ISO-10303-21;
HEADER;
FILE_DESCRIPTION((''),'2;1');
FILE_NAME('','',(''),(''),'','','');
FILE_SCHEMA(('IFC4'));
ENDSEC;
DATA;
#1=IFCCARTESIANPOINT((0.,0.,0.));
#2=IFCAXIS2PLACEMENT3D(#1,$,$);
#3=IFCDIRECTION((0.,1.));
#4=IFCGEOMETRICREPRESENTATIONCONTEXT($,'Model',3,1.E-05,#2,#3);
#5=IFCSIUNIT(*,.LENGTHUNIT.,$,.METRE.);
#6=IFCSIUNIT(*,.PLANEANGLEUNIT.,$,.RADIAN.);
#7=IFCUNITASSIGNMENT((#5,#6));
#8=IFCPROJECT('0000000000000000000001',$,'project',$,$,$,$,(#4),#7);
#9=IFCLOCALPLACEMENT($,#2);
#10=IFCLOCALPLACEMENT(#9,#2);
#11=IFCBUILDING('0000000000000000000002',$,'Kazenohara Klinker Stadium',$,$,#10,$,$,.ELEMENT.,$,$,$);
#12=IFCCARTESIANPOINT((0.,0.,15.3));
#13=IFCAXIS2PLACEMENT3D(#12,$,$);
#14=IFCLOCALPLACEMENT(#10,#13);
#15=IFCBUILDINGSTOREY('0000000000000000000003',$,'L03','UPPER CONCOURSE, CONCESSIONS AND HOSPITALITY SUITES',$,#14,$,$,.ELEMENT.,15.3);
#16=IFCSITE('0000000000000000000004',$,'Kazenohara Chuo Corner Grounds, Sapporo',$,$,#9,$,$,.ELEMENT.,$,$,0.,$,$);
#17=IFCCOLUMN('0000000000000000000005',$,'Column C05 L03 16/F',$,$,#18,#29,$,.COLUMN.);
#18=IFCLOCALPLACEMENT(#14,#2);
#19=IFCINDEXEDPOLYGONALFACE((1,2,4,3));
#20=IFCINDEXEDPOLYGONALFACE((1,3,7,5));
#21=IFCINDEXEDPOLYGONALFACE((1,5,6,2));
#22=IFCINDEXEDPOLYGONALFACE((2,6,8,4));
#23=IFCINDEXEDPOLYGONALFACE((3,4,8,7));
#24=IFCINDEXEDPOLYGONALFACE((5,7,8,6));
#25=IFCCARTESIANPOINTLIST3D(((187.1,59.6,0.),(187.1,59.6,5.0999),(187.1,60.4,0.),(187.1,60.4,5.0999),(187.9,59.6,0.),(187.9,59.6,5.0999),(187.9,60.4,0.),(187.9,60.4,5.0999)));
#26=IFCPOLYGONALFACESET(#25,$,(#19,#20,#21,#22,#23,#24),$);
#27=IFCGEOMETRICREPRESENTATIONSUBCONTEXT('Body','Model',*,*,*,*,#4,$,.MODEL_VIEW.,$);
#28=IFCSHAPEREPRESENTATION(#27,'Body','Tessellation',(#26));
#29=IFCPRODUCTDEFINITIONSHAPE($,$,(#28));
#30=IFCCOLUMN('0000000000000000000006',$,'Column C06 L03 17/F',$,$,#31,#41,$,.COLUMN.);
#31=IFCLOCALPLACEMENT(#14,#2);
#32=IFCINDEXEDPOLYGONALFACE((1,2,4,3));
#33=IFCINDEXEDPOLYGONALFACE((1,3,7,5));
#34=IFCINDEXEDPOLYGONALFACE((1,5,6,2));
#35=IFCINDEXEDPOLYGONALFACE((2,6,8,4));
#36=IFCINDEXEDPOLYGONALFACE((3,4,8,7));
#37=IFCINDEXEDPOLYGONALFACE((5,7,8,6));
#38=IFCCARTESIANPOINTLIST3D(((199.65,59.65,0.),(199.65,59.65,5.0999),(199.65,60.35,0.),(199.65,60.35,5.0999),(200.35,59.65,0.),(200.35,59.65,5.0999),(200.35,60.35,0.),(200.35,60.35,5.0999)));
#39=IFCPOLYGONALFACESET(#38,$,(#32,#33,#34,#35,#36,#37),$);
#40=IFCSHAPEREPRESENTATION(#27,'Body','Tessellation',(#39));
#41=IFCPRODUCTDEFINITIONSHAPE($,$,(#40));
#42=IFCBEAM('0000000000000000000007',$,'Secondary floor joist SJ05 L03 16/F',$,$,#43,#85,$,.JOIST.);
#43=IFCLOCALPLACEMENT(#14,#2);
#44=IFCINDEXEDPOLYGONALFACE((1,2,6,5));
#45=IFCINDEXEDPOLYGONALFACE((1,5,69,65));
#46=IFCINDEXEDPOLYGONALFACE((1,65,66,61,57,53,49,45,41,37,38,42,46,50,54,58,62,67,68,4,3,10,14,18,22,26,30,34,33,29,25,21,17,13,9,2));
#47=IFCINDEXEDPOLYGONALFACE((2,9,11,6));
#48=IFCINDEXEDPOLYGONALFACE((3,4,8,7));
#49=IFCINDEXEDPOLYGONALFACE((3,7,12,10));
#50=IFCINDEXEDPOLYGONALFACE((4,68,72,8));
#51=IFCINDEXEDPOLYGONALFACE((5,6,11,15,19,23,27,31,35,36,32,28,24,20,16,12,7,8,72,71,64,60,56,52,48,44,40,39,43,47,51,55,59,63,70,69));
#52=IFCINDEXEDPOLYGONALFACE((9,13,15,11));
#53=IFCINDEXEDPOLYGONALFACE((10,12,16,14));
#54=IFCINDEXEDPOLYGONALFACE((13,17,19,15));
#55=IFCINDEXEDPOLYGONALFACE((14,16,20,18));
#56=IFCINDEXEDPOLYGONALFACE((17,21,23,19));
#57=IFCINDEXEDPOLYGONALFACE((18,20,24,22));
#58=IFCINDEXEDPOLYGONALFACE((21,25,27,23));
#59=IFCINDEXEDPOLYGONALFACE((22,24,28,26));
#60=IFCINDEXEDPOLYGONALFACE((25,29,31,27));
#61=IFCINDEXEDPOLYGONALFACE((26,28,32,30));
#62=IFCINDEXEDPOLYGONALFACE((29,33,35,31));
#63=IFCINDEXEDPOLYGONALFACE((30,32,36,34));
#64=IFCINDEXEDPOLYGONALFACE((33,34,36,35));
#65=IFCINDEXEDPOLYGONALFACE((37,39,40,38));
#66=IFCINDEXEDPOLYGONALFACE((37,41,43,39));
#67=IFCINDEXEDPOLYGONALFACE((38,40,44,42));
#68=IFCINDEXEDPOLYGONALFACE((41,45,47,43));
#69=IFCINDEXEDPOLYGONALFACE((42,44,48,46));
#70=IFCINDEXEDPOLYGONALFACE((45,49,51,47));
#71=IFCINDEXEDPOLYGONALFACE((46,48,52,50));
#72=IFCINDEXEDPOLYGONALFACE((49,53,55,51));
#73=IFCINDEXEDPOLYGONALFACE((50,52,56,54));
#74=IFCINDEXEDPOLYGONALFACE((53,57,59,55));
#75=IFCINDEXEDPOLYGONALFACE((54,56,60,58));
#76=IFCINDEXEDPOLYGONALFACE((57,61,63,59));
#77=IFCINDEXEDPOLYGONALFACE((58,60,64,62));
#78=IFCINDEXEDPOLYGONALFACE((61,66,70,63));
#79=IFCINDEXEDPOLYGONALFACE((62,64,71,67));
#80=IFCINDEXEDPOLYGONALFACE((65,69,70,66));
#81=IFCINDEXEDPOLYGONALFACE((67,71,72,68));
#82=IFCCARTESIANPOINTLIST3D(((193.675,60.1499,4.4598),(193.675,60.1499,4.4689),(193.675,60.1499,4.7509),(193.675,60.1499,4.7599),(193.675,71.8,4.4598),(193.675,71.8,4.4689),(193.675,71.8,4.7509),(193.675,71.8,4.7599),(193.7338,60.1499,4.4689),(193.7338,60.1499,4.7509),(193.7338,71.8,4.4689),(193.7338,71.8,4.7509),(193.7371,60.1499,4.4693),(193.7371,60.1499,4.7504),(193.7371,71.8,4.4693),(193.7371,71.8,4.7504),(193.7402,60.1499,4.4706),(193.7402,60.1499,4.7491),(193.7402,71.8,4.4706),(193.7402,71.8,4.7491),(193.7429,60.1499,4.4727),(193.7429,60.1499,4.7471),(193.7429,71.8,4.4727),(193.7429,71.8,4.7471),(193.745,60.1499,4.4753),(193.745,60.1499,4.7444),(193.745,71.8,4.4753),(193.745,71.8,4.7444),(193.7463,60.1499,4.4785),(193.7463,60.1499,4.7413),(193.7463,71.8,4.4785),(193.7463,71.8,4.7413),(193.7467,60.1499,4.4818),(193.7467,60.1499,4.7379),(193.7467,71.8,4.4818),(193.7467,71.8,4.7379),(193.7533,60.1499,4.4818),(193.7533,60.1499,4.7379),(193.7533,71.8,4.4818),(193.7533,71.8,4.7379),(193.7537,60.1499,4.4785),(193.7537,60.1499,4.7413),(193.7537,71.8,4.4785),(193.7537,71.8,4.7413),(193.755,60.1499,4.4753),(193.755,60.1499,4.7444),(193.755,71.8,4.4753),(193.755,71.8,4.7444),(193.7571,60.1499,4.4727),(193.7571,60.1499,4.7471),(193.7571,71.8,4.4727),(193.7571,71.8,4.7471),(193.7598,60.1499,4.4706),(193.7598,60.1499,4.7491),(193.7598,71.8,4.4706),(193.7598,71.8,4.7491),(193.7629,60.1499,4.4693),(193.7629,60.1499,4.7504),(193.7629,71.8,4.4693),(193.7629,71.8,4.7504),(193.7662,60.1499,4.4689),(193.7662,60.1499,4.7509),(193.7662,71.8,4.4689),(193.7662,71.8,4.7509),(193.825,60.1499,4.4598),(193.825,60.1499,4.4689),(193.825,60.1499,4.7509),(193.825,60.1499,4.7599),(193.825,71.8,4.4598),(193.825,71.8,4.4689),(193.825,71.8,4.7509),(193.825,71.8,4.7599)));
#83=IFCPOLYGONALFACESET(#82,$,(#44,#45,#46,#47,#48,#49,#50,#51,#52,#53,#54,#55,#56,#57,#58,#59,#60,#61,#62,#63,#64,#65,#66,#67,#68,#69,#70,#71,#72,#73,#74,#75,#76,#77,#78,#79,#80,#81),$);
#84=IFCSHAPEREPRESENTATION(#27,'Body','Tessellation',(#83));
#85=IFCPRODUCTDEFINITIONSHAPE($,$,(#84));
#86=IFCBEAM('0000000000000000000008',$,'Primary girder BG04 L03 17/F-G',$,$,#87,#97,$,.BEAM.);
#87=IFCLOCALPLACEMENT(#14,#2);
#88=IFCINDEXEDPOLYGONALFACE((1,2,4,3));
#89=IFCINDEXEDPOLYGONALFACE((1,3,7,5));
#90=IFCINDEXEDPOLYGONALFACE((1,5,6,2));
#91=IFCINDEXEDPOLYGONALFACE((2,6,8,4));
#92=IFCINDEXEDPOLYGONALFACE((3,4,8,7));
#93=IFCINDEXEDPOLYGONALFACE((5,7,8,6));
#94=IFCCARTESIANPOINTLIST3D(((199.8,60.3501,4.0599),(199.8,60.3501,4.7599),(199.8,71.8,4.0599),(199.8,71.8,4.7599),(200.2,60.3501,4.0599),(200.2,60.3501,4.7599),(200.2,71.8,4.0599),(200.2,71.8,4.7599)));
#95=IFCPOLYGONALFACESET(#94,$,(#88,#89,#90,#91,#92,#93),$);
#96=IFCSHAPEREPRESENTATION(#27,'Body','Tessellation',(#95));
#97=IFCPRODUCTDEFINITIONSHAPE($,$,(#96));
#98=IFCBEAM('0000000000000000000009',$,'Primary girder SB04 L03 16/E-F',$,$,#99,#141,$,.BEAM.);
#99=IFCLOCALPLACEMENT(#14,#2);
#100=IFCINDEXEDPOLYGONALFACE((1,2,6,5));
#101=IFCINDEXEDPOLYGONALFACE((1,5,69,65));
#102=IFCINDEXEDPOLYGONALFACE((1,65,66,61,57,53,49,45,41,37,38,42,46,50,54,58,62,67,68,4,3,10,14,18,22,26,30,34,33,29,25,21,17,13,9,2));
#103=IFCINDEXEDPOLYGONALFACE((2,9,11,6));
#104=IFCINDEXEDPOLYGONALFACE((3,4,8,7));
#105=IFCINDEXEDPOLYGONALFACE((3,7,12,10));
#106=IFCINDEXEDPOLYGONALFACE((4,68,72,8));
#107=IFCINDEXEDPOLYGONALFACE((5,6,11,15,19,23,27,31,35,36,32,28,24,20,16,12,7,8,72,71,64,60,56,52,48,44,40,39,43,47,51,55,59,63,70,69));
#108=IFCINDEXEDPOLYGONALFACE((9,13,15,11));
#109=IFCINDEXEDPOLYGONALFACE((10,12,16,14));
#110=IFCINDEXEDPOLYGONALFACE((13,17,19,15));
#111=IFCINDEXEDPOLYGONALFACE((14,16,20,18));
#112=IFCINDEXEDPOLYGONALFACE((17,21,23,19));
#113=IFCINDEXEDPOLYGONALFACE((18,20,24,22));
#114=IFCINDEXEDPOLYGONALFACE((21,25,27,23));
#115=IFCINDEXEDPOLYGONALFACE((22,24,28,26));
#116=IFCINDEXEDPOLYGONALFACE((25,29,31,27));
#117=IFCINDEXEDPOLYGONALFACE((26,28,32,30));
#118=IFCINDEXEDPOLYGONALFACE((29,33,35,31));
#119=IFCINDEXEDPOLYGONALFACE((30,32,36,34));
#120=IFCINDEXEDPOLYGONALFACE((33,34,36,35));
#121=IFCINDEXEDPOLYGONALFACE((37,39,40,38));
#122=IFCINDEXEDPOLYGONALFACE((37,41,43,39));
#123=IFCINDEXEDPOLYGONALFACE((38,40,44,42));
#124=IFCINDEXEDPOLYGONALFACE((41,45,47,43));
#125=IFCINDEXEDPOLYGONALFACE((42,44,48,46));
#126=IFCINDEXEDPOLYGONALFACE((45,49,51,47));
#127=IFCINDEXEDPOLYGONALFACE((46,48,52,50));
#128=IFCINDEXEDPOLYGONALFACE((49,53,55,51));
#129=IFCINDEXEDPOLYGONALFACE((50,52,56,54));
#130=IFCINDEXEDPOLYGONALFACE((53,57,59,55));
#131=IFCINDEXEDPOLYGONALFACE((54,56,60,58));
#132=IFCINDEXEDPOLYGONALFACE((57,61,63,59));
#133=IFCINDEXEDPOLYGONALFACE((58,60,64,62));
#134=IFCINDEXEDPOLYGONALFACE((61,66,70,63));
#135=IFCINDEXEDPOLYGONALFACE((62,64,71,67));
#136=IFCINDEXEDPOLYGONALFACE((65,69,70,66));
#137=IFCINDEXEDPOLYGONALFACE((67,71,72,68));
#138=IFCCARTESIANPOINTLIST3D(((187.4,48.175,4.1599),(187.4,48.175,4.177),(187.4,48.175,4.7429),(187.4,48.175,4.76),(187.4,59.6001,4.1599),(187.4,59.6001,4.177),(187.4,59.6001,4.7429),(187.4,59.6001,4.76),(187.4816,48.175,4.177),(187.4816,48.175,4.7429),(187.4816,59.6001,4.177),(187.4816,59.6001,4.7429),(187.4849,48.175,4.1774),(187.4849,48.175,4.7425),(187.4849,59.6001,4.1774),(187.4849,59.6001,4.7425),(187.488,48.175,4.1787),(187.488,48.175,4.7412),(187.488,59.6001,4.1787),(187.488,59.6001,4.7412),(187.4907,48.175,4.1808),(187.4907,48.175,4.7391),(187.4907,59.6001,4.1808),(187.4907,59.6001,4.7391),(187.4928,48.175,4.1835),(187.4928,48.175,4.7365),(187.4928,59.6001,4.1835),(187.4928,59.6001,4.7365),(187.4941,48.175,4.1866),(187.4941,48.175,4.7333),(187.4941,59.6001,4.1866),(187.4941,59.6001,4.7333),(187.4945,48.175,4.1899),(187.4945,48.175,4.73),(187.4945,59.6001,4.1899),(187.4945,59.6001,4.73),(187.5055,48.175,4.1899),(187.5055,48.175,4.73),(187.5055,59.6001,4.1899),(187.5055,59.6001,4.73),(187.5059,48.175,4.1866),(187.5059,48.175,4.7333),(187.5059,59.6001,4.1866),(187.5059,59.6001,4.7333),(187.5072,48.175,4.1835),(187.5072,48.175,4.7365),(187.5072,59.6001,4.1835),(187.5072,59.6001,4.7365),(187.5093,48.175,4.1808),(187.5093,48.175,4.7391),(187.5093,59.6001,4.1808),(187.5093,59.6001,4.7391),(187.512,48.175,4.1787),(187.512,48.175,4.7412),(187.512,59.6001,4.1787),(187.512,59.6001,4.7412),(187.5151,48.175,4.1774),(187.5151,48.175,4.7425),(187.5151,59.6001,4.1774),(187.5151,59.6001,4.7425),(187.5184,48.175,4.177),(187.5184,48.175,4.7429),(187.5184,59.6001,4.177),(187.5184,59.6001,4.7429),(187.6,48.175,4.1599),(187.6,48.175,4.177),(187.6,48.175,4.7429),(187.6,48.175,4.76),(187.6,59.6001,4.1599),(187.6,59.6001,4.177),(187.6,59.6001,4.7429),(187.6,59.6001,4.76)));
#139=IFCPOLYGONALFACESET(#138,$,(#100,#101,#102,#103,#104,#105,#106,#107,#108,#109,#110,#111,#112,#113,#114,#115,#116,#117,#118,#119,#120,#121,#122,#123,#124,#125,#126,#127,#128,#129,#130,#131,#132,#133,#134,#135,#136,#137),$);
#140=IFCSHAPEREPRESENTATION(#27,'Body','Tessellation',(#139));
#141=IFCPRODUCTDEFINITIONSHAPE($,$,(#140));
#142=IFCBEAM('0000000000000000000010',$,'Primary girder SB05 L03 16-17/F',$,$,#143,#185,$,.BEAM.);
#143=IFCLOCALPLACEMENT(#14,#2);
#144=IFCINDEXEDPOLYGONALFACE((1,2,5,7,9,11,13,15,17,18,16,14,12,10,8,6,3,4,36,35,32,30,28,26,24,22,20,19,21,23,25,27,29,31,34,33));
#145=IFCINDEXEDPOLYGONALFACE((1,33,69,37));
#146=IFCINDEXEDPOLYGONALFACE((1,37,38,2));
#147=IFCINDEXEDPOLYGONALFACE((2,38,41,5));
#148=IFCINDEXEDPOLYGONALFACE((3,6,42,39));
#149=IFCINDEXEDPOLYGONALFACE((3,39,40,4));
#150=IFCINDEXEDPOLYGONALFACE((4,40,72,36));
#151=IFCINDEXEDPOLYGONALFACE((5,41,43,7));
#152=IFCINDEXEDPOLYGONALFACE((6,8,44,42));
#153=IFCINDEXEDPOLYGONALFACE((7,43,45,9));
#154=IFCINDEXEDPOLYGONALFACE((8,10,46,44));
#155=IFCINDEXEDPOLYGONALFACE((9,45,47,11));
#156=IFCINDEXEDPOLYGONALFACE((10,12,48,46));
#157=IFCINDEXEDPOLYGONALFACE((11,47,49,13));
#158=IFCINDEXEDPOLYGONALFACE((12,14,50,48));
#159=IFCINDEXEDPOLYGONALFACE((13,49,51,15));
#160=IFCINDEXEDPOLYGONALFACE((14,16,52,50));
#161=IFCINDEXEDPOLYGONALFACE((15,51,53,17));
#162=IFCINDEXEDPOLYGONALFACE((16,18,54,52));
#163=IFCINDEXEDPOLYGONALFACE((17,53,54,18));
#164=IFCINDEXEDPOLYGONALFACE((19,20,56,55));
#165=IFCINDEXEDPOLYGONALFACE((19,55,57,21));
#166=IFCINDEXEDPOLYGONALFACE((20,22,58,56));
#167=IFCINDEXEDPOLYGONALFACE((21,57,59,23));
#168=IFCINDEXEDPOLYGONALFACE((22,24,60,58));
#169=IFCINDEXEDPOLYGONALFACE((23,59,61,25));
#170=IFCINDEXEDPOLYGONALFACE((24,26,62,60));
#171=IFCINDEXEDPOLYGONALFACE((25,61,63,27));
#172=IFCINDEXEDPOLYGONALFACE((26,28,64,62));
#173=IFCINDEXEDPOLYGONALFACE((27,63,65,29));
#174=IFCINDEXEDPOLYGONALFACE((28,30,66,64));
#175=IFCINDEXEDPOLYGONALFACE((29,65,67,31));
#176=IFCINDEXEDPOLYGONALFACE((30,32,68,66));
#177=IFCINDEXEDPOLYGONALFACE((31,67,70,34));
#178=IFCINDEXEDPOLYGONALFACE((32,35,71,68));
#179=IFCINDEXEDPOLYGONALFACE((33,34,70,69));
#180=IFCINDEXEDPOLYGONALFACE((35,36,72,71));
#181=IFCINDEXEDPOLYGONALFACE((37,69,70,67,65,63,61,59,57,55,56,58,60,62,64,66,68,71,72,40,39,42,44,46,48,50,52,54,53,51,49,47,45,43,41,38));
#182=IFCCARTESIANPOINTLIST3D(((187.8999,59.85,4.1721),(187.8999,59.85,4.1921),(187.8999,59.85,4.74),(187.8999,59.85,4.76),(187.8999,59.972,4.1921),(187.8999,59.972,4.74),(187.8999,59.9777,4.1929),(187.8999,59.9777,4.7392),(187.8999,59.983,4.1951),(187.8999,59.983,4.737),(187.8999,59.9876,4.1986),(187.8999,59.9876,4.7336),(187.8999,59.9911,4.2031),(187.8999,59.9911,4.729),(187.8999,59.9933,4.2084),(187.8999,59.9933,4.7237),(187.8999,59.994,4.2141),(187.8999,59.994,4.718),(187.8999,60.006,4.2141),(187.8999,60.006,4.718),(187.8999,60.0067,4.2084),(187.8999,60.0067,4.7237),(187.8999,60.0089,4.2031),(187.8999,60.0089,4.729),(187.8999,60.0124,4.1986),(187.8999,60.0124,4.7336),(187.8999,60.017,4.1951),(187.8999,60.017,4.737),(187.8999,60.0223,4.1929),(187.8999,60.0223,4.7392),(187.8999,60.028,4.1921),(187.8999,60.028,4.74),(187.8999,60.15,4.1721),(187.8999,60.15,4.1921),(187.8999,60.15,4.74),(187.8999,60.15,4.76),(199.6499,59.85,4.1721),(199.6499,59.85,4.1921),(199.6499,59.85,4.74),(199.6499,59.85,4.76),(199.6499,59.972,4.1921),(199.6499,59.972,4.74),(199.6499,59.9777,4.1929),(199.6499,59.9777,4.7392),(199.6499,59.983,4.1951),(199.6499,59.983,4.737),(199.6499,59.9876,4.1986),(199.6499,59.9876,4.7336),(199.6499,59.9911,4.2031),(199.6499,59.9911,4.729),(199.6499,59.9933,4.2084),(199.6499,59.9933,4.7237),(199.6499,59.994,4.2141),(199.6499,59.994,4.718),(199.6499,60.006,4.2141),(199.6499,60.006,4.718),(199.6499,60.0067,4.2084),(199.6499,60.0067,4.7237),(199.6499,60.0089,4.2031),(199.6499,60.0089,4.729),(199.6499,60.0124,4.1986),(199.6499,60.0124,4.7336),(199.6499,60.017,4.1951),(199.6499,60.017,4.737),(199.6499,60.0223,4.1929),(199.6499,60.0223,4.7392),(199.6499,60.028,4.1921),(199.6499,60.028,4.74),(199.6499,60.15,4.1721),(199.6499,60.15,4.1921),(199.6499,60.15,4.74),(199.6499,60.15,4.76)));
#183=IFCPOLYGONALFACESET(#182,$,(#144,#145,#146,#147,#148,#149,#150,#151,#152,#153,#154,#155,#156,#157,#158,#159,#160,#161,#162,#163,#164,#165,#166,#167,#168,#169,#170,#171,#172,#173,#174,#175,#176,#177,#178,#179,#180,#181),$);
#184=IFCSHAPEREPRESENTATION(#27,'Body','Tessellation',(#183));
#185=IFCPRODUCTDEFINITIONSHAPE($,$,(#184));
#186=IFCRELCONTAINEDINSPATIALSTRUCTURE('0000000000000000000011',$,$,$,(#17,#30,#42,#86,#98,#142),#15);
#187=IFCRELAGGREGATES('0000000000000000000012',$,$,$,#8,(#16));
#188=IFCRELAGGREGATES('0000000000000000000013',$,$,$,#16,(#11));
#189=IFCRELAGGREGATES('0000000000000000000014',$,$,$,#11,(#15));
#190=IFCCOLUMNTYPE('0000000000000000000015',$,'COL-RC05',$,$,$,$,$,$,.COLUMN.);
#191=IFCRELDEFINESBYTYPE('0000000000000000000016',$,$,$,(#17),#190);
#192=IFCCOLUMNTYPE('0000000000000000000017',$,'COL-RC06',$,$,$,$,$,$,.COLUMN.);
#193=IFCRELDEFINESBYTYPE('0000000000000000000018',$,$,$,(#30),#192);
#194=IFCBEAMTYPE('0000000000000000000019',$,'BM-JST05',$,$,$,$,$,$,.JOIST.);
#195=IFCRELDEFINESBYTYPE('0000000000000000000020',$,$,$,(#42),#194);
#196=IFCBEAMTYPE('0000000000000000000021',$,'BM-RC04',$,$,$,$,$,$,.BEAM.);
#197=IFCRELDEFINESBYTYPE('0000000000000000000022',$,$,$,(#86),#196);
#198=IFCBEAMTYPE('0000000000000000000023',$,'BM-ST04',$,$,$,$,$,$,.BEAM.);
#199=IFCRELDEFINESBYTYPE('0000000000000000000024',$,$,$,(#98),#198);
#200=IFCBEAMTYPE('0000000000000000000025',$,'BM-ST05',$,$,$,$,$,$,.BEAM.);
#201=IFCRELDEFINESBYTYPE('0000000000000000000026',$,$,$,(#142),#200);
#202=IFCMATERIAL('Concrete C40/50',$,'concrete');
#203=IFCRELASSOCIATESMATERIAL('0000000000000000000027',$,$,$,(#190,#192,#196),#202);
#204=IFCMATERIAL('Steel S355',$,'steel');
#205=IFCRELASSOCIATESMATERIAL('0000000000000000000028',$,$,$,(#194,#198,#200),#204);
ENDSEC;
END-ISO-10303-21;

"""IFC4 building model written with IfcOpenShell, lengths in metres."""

from ifc_helpers import new_model, si_unit, direction, frame, origin, origin_2d, place, context, subcontext, project, spatial, rectangle, i_section, extrude, material, material_profile, profile_set, type_object, element, save


model = new_model("IFC4")

# Units and contexts
model_context = context("Model", 3, precision=1e-05, world=origin(), true_north=direction((0.0, 1.0)))
body_context = subcontext(model_context, "Body", "Model", "MODEL_VIEW")
ifc_project = project(units=[si_unit("LENGTHUNIT", "METRE"), si_unit("PLANEANGLEUNIT", "RADIAN")], contexts=[model_context])

# Site, building, storey
site_placement = place(None, origin())
site = spatial("IfcSite", under=ifc_project, at=site_placement, Name="Kazenohara Chuo Corner Grounds, Sapporo", CompositionType="ELEMENT", RefElevation=0.0)
building_placement = place(site_placement, origin())
building = spatial("IfcBuilding", under=site, at=building_placement, Name="Kazenohara Klinker Stadium", CompositionType="ELEMENT")
storey_placement = place(building_placement, frame((0.0, 0.0, 15.3)))
storey = spatial("IfcBuildingStorey", under=building, at=storey_placement, Name="L03", Description="UPPER CONCOURSE, CONCESSIONS AND HOSPITALITY SUITES", CompositionType="ELEMENT", Elevation=15.3)

# Columns
ifc_material_1 = material(Name="Concrete C40/50", Category="concrete")
ifc_material_profile_1 = material_profile(ifc_material_1, rectangle(XDim=0.8, YDim=0.8, at=origin_2d()), Name="RC-COL-800x800")
ifc_profile_set_1 = profile_set([ifc_material_profile_1], Name="Concrete C40/50")
column_type_1 = type_object("IfcColumnType", Name="COL-RC05", PredefinedType="COLUMN", material=ifc_profile_set_1)
column_1_placement = place(storey_placement, frame((187.5, 60.0, 0.0), z_axis=(0.0, 0.0, 1.0), x_axis=(1.0, 0.0, 0.0)))
element("IfcColumn", 1, at=column_1_placement, inside=storey, type_object=column_type_1, Name="Column C05 L03 16/F", PredefinedType="COLUMN", context=body_context, shape_type="SweptSolid", body=[
    extrude(rectangle(XDim=0.8, YDim=0.8, at=origin_2d()), origin(), (0.0, 0.0, 1.0), 5.0999),
])
ifc_material_profile_2 = material_profile(ifc_material_1, rectangle(XDim=0.7, YDim=0.7, at=origin_2d()), Name="RC-COL-700x700")
ifc_profile_set_2 = profile_set([ifc_material_profile_2], Name="Concrete C40/50")
column_type_2 = type_object("IfcColumnType", Name="COL-RC06", PredefinedType="COLUMN", material=ifc_profile_set_2)
column_2_placement = place(storey_placement, frame((200.0, 60.0, 0.0), z_axis=(0.0, 0.0, 1.0), x_axis=(1.0, 0.0, 0.0)))
element("IfcColumn", 2, at=column_2_placement, inside=storey, type_object=column_type_2, Name="Column C06 L03 17/F", PredefinedType="COLUMN", context=body_context, shape_type="SweptSolid", body=[
    extrude(rectangle(XDim=0.7, YDim=0.7, at=origin_2d()), origin(), (0.0, 0.0, 1.0), 5.0999),
])

# Beams
ifc_material_2 = material(Name="Steel S355", Category="steel")
ifc_material_profile_3 = material_profile(ifc_material_2, i_section(OverallWidth=0.1499, OverallDepth=0.3, WebThickness=0.0066, FlangeThickness=0.009, FilletRadius=0.0129, at=origin_2d()), Name="H-300x150x6.5x9")
ifc_profile_set_3 = profile_set([ifc_material_profile_3], Name="Steel S355")
beam_type_1 = type_object("IfcBeamType", Name="BM-JST05", PredefinedType="JOIST", material=ifc_profile_set_3)
beam_1_placement = place(storey_placement, frame((193.75, 60.1499, 4.6099), z_axis=(0.0, 1.0, 0.0), x_axis=(-1.0, 0.0, 0.0)))
element("IfcBeam", 3, at=beam_1_placement, inside=storey, type_object=beam_type_1, Name="Secondary floor joist SJ05 L03 16/F", PredefinedType="JOIST", context=body_context, shape_type="SweptSolid", body=[
    extrude(i_section(OverallWidth=0.1499, OverallDepth=0.3, WebThickness=0.0066, FlangeThickness=0.009, FilletRadius=0.0129, at=origin_2d()), origin(), (0.0, 0.0, 1.0), 11.6501),
])
ifc_material_profile_4 = material_profile(ifc_material_1, rectangle(XDim=0.3999, YDim=0.7, at=origin_2d()), Name="RC-BM-400x700")
ifc_profile_set_4 = profile_set([ifc_material_profile_4], Name="Concrete C40/50")
beam_type_2 = type_object("IfcBeamType", Name="BM-RC04", PredefinedType="BEAM", material=ifc_profile_set_4)
beam_2_placement = place(storey_placement, frame((200.0, 60.3501, 4.4099), z_axis=(0.0, 1.0, 0.0), x_axis=(-1.0, 0.0, 0.0)))
element("IfcBeam", 4, at=beam_2_placement, inside=storey, type_object=beam_type_2, Name="Primary girder BG04 L03 17/F-G", PredefinedType="BEAM", context=body_context, shape_type="SweptSolid", body=[
    extrude(rectangle(XDim=0.3999, YDim=0.7, at=origin_2d()), origin(), (0.0, 0.0, 1.0), 11.45),
])
ifc_material_profile_5 = material_profile(ifc_material_2, i_section(OverallWidth=0.2, OverallDepth=0.6001, WebThickness=0.011, FlangeThickness=0.0171, FilletRadius=0.0129, at=origin_2d()), Name="H-600x200x11x17")
ifc_profile_set_5 = profile_set([ifc_material_profile_5], Name="Steel S355")
beam_type_3 = type_object("IfcBeamType", Name="BM-ST04", PredefinedType="BEAM", material=ifc_profile_set_5)
beam_3_placement = place(storey_placement, frame((187.5, 48.175, 4.46), z_axis=(0.0, 1.0, 0.0), x_axis=(-1.0, 0.0, 0.0)))
element("IfcBeam", 5, at=beam_3_placement, inside=storey, type_object=beam_type_3, Name="Primary girder SB04 L03 16/E-F", PredefinedType="BEAM", context=body_context, shape_type="SweptSolid", body=[
    extrude(i_section(OverallWidth=0.2, OverallDepth=0.6001, WebThickness=0.011, FlangeThickness=0.0171, FilletRadius=0.0129, at=origin_2d()), origin(), (0.0, 0.0, 1.0), 11.425),
])
ifc_material_profile_6 = material_profile(ifc_material_2, i_section(OverallWidth=0.3, OverallDepth=0.5879, WebThickness=0.012, FlangeThickness=0.02, FilletRadius=0.022, at=origin_2d()), Name="H-588x300x12x20")
ifc_profile_set_6 = profile_set([ifc_material_profile_6], Name="Steel S355")
beam_type_4 = type_object("IfcBeamType", Name="BM-ST05", PredefinedType="BEAM", material=ifc_profile_set_6)
beam_4_placement = place(storey_placement, frame((187.8999, 60.0, 4.4661), z_axis=(1.0, 0.0, 0.0), x_axis=(0.0, 1.0, 0.0)))
element("IfcBeam", 6, at=beam_4_placement, inside=storey, type_object=beam_type_4, Name="Primary girder SB05 L03 16-17/F", PredefinedType="BEAM", context=body_context, shape_type="SweptSolid", body=[
    extrude(i_section(OverallWidth=0.3, OverallDepth=0.5879, WebThickness=0.012, FlangeThickness=0.02, FilletRadius=0.022, at=origin_2d()), origin(), (0.0, 0.0, 1.0), 11.75),
])

save(model, "model.ifc")
